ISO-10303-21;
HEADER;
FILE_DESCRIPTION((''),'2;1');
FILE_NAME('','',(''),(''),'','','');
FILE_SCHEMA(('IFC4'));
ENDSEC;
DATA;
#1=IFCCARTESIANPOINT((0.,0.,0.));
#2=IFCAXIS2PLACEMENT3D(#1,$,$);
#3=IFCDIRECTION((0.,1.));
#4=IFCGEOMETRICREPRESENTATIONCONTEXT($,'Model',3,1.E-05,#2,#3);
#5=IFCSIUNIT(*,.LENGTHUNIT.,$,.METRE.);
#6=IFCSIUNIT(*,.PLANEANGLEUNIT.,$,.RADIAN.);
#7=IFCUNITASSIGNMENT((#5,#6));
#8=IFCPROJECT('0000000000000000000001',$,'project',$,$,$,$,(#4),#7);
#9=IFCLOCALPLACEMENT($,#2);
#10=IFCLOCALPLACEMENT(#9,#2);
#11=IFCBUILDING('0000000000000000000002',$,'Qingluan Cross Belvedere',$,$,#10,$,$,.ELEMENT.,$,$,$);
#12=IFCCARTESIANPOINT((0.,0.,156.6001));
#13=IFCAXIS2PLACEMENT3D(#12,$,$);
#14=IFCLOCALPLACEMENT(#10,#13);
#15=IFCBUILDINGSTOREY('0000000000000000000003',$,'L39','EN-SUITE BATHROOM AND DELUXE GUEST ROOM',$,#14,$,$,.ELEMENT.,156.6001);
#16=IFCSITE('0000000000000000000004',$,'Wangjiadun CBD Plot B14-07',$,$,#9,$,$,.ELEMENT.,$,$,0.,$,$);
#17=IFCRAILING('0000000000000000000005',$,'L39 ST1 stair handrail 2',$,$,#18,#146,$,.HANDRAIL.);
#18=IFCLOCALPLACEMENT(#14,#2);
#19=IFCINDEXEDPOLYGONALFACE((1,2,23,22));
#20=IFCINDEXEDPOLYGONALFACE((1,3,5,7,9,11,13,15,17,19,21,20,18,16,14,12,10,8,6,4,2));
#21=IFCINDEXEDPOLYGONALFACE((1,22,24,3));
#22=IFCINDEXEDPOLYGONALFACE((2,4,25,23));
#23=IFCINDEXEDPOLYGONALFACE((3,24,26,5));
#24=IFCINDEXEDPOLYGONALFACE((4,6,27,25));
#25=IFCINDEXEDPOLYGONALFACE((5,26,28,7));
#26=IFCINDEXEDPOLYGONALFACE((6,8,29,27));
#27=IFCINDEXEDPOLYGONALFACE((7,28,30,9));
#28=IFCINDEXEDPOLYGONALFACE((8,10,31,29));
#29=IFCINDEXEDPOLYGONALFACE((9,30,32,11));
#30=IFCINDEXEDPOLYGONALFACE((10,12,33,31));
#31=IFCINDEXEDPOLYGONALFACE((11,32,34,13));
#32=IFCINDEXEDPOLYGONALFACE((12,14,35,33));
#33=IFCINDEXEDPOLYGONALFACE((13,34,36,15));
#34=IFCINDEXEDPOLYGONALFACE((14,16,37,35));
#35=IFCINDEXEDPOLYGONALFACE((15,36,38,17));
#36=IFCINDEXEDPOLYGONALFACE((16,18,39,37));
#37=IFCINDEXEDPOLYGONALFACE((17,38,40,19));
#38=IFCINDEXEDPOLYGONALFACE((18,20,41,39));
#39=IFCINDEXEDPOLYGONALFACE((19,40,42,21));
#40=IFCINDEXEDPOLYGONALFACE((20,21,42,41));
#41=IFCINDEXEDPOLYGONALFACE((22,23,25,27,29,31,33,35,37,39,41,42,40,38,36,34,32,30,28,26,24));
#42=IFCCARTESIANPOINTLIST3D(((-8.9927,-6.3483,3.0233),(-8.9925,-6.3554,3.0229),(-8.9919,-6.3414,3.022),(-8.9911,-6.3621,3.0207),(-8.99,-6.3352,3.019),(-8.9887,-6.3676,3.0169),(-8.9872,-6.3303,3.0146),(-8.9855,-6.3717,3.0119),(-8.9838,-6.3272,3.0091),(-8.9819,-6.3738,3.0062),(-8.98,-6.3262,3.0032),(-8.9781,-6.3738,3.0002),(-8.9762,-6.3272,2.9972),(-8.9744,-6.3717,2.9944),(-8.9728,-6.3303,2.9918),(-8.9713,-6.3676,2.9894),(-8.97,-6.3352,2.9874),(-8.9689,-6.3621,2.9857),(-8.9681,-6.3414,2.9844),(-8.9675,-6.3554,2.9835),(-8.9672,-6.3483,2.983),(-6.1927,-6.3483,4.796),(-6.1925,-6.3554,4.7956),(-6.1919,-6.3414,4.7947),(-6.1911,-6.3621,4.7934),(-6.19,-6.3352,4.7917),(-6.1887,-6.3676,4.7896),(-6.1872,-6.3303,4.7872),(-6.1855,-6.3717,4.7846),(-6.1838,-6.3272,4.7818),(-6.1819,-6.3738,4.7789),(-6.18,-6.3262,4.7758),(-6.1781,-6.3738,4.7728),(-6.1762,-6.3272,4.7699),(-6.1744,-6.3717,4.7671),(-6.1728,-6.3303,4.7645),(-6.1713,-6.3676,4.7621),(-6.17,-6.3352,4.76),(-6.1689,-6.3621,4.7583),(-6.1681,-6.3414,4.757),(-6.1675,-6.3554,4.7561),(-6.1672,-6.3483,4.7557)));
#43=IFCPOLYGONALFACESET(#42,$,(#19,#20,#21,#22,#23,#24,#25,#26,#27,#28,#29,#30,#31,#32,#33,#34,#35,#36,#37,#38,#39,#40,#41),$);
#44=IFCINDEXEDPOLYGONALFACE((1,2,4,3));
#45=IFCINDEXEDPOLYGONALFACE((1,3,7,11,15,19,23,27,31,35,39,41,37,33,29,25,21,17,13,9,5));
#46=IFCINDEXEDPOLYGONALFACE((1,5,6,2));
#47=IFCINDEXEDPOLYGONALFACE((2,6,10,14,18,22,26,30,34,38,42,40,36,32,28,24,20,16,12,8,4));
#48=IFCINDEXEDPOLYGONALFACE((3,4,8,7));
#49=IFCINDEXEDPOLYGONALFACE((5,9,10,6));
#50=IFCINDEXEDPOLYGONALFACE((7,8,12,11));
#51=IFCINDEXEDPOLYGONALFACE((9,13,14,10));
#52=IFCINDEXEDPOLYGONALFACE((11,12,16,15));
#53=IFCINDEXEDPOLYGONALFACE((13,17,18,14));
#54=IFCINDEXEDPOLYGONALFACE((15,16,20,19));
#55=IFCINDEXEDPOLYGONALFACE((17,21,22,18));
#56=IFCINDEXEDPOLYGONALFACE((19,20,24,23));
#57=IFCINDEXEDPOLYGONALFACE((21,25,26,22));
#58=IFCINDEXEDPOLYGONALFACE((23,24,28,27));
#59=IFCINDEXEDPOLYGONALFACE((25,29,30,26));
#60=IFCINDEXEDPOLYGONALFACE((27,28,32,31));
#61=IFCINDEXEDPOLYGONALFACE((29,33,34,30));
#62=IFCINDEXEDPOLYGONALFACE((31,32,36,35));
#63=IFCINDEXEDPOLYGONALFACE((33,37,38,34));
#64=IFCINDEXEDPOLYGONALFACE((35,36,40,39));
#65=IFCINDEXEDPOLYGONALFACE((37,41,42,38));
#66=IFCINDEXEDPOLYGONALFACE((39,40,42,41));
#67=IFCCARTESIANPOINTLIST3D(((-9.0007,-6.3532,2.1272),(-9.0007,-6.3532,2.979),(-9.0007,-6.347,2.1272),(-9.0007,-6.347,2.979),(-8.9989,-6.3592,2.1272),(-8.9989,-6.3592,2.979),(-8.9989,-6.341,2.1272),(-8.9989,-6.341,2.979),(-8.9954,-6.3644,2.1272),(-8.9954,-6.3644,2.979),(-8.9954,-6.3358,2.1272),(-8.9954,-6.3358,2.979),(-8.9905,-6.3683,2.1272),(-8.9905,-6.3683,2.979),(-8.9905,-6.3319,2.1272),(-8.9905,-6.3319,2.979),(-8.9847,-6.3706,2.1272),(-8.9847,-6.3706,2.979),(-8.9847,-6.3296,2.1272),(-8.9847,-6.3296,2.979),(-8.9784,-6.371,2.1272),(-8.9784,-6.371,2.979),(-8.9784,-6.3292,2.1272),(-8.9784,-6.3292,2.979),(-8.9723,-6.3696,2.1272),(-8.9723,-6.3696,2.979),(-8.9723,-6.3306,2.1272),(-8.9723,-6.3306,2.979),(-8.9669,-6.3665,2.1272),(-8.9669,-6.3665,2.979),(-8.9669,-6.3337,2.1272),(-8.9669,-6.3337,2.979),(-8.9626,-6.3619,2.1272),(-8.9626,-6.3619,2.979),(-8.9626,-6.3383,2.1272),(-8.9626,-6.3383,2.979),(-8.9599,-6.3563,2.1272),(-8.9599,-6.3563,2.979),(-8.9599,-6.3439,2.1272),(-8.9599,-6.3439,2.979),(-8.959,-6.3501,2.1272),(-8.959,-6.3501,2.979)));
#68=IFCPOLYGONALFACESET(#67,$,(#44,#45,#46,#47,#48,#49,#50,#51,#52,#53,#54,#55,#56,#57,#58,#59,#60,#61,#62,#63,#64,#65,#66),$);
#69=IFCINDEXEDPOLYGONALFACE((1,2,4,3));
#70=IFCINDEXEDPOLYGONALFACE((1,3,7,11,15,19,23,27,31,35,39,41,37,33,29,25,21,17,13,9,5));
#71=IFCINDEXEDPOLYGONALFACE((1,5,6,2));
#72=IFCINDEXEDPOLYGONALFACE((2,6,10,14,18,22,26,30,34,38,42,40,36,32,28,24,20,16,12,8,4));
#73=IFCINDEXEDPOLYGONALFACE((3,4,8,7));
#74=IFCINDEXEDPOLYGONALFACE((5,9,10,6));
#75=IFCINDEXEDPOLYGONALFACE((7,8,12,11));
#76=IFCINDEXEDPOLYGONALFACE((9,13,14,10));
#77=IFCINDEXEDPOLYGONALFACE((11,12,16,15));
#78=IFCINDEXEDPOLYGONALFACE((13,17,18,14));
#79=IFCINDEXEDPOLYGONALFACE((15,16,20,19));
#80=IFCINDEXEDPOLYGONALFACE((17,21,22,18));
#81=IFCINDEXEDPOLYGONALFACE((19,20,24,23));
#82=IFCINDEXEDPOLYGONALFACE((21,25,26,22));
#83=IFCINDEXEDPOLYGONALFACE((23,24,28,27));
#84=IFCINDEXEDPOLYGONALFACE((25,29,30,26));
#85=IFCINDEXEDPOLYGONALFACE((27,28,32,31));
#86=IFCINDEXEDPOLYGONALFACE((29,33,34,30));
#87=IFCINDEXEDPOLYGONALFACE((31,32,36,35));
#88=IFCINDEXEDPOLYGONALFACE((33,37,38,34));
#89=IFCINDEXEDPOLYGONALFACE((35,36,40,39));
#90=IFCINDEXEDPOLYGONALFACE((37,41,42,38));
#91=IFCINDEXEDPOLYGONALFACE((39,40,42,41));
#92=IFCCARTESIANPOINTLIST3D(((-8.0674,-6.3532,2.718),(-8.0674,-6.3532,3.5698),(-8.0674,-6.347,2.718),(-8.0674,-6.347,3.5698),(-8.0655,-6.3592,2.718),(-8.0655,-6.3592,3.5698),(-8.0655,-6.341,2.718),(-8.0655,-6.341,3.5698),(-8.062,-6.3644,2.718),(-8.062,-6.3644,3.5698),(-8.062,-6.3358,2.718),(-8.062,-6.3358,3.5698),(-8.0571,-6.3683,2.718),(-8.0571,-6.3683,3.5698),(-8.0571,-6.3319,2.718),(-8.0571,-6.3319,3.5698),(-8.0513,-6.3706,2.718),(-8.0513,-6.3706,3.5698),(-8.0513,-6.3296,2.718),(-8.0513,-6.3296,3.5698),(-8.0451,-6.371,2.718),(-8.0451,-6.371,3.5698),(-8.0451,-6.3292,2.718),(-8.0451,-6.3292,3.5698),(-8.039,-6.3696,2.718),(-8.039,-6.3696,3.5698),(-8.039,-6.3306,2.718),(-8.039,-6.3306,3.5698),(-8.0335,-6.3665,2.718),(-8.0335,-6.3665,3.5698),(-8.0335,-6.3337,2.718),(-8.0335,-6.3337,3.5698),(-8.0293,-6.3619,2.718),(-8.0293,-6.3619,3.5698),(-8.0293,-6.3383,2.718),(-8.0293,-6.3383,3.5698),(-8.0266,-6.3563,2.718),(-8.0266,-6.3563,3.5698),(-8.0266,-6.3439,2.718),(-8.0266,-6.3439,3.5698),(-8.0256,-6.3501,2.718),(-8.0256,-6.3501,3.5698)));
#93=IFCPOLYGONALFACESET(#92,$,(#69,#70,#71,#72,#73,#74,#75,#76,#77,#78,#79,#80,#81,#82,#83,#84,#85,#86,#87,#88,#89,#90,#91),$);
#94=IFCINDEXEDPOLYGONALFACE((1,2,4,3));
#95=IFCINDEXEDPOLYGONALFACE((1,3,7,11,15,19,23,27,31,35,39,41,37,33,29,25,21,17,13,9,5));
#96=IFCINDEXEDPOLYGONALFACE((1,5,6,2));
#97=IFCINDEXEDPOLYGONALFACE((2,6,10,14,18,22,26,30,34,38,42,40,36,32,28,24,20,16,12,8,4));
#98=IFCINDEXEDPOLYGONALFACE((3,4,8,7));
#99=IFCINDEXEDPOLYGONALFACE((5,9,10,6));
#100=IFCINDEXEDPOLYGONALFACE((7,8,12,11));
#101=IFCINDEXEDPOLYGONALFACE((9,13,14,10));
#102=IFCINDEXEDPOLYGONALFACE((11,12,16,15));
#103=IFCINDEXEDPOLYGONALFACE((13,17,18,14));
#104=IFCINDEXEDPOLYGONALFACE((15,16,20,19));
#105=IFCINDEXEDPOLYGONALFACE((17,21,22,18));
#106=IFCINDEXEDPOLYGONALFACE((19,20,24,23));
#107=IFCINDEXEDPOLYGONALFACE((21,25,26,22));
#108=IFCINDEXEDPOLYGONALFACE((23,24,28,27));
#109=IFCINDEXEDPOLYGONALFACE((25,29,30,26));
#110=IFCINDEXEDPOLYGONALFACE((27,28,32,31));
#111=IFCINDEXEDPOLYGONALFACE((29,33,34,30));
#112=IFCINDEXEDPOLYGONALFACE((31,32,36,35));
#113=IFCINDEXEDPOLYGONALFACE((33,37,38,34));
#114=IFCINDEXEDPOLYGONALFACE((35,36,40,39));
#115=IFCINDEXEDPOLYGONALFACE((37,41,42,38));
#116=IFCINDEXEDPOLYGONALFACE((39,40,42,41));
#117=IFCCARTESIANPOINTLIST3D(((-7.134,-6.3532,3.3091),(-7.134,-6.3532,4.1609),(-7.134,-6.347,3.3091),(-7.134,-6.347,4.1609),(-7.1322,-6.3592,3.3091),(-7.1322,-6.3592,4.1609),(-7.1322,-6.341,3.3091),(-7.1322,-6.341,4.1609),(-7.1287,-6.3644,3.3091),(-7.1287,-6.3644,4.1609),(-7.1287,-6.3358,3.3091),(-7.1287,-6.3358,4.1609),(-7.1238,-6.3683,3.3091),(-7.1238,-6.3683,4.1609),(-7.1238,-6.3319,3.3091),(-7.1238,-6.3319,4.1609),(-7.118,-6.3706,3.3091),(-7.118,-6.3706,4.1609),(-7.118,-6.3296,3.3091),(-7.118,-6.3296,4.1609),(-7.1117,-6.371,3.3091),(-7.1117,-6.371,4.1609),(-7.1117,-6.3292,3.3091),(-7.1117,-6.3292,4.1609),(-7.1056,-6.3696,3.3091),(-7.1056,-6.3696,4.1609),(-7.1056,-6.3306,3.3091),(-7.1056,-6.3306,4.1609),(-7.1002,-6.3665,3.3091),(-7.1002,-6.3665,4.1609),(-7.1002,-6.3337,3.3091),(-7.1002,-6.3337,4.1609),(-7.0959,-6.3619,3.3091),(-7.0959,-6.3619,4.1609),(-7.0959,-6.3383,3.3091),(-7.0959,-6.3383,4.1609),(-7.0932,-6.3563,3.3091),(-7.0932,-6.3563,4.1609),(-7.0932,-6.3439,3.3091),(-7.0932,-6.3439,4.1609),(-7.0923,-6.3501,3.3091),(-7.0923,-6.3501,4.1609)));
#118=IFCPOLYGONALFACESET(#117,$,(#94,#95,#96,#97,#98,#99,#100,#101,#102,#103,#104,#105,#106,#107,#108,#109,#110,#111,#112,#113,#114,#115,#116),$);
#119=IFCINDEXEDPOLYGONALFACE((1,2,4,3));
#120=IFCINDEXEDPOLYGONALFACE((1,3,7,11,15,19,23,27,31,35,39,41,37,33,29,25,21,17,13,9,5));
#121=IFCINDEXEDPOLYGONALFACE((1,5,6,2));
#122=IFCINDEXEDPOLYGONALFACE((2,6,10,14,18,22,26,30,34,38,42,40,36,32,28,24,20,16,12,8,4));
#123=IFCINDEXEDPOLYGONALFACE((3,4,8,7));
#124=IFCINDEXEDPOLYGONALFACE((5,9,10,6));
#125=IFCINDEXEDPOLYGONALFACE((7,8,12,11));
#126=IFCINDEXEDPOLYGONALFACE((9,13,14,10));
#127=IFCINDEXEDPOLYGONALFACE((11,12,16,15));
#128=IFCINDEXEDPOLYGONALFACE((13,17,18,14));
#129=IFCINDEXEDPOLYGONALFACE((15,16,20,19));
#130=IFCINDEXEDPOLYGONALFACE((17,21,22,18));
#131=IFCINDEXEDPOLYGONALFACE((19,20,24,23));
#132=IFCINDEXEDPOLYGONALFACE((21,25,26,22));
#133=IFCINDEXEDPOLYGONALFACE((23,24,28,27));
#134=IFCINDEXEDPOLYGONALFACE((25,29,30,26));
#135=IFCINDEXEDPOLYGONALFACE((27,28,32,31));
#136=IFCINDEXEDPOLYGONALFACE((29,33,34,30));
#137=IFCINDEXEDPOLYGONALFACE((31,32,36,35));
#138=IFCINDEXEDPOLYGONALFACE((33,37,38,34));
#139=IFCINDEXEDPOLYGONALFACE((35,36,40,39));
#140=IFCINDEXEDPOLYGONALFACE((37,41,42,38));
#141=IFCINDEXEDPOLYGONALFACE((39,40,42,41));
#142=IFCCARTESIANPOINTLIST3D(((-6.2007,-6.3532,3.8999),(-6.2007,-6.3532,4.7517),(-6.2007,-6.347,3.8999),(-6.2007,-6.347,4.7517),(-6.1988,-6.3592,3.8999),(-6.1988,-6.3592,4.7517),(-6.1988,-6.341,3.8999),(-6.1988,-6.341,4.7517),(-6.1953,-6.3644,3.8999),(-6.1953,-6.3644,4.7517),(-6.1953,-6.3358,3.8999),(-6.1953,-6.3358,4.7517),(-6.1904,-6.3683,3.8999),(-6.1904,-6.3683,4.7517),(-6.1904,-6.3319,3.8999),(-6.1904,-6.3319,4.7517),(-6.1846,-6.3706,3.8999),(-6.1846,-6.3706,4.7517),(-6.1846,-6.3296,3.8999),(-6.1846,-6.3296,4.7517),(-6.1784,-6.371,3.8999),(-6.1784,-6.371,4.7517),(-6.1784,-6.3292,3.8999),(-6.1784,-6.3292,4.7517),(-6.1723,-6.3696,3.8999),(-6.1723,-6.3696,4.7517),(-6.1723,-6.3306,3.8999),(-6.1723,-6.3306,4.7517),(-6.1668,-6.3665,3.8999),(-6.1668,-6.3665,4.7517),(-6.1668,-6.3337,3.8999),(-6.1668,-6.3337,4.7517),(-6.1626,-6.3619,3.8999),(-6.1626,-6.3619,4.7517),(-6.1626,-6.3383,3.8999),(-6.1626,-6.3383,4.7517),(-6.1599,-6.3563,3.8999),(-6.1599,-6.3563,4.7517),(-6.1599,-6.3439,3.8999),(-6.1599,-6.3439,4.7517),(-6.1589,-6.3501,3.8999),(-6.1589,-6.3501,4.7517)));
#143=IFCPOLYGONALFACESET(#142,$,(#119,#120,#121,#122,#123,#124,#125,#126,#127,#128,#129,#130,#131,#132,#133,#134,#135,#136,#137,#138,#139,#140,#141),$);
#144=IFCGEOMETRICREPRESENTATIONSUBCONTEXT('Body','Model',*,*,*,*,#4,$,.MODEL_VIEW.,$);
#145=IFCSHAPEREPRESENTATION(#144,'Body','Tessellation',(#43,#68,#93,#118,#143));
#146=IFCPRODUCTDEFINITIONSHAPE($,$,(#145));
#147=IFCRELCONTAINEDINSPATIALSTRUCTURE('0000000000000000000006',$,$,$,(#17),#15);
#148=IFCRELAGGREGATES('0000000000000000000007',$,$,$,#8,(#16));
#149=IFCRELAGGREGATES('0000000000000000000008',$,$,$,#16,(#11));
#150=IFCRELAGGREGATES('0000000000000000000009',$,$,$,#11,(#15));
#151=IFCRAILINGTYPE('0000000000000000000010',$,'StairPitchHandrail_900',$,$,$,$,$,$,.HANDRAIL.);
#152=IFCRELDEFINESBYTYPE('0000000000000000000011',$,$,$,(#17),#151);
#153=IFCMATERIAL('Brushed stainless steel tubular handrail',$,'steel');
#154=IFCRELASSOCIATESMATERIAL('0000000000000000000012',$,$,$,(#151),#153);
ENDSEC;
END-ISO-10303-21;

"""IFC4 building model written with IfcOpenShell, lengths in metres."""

from ifc_helpers import new_model, si_unit, direction, frame, origin, origin_2d, place, context, subcontext, project, spatial, circle, extrude, material, type_object, element, save


model = new_model("IFC4")

# Units and contexts
model_context = context("Model", 3, precision=1e-05, world=origin(), true_north=direction((0.0, 1.0)))
body_context = subcontext(model_context, "Body", "Model", "MODEL_VIEW")
ifc_project = project(units=[si_unit("LENGTHUNIT", "METRE"), si_unit("PLANEANGLEUNIT", "RADIAN")], contexts=[model_context])

# Site, building, storey
site_placement = place(None, origin())
site = spatial("IfcSite", under=ifc_project, at=site_placement, Name="Wangjiadun CBD Plot B14-07", CompositionType="ELEMENT", RefElevation=0.0)
building_placement = place(site_placement, origin())
building = spatial("IfcBuilding", under=site, at=building_placement, Name="Qingluan Cross Belvedere", CompositionType="ELEMENT")
storey_placement = place(building_placement, frame((0.0, 0.0, 156.6001)))
storey = spatial("IfcBuildingStorey", under=building, at=storey_placement, Name="L39", Description="EN-SUITE BATHROOM AND DELUXE GUEST ROOM", CompositionType="ELEMENT", Elevation=156.6001)

# Railing
ifc_material_1 = material(Name="Brushed stainless steel tubular handrail", Category="steel")
railing_type_1 = type_object("IfcRailingType", Name="StairPitchHandrail_900", PredefinedType="HANDRAIL", material=ifc_material_1)
railing_1_placement = place(storey_placement, frame((-8.98, -6.3501, 2.1272)))
element("IfcRailing", 1, at=railing_1_placement, inside=storey, type_object=railing_type_1, Name="L39 ST1 stair handrail 2", PredefinedType="HANDRAIL", context=body_context, shape_type="SweptSolid", body=[
    extrude(circle(Radius=0.0239, at=origin_2d()), frame((0.0, 0.0, 0.876), z_axis=(0.844909, 0.0, 0.53491), x_axis=(0.0, 1.0, 0.0)), (0.0, 0.0, 1.0), 3.314),
    extrude(circle(Radius=0.021, at=origin_2d()), origin(), (0.0, 0.0, 1.0), 0.8518),
    extrude(circle(Radius=0.021, at=origin_2d()), frame((0.9333, 0.0, 0.5908)), (0.0, 0.0, 1.0), 0.8518),
    extrude(circle(Radius=0.021, at=origin_2d()), frame((1.8667, 0.0, 1.1819)), (0.0, 0.0, 1.0), 0.8518),
    extrude(circle(Radius=0.021, at=origin_2d()), frame((2.8, 0.0, 1.7727)), (0.0, 0.0, 1.0), 0.8518),
])

save(model, "model.ifc")
